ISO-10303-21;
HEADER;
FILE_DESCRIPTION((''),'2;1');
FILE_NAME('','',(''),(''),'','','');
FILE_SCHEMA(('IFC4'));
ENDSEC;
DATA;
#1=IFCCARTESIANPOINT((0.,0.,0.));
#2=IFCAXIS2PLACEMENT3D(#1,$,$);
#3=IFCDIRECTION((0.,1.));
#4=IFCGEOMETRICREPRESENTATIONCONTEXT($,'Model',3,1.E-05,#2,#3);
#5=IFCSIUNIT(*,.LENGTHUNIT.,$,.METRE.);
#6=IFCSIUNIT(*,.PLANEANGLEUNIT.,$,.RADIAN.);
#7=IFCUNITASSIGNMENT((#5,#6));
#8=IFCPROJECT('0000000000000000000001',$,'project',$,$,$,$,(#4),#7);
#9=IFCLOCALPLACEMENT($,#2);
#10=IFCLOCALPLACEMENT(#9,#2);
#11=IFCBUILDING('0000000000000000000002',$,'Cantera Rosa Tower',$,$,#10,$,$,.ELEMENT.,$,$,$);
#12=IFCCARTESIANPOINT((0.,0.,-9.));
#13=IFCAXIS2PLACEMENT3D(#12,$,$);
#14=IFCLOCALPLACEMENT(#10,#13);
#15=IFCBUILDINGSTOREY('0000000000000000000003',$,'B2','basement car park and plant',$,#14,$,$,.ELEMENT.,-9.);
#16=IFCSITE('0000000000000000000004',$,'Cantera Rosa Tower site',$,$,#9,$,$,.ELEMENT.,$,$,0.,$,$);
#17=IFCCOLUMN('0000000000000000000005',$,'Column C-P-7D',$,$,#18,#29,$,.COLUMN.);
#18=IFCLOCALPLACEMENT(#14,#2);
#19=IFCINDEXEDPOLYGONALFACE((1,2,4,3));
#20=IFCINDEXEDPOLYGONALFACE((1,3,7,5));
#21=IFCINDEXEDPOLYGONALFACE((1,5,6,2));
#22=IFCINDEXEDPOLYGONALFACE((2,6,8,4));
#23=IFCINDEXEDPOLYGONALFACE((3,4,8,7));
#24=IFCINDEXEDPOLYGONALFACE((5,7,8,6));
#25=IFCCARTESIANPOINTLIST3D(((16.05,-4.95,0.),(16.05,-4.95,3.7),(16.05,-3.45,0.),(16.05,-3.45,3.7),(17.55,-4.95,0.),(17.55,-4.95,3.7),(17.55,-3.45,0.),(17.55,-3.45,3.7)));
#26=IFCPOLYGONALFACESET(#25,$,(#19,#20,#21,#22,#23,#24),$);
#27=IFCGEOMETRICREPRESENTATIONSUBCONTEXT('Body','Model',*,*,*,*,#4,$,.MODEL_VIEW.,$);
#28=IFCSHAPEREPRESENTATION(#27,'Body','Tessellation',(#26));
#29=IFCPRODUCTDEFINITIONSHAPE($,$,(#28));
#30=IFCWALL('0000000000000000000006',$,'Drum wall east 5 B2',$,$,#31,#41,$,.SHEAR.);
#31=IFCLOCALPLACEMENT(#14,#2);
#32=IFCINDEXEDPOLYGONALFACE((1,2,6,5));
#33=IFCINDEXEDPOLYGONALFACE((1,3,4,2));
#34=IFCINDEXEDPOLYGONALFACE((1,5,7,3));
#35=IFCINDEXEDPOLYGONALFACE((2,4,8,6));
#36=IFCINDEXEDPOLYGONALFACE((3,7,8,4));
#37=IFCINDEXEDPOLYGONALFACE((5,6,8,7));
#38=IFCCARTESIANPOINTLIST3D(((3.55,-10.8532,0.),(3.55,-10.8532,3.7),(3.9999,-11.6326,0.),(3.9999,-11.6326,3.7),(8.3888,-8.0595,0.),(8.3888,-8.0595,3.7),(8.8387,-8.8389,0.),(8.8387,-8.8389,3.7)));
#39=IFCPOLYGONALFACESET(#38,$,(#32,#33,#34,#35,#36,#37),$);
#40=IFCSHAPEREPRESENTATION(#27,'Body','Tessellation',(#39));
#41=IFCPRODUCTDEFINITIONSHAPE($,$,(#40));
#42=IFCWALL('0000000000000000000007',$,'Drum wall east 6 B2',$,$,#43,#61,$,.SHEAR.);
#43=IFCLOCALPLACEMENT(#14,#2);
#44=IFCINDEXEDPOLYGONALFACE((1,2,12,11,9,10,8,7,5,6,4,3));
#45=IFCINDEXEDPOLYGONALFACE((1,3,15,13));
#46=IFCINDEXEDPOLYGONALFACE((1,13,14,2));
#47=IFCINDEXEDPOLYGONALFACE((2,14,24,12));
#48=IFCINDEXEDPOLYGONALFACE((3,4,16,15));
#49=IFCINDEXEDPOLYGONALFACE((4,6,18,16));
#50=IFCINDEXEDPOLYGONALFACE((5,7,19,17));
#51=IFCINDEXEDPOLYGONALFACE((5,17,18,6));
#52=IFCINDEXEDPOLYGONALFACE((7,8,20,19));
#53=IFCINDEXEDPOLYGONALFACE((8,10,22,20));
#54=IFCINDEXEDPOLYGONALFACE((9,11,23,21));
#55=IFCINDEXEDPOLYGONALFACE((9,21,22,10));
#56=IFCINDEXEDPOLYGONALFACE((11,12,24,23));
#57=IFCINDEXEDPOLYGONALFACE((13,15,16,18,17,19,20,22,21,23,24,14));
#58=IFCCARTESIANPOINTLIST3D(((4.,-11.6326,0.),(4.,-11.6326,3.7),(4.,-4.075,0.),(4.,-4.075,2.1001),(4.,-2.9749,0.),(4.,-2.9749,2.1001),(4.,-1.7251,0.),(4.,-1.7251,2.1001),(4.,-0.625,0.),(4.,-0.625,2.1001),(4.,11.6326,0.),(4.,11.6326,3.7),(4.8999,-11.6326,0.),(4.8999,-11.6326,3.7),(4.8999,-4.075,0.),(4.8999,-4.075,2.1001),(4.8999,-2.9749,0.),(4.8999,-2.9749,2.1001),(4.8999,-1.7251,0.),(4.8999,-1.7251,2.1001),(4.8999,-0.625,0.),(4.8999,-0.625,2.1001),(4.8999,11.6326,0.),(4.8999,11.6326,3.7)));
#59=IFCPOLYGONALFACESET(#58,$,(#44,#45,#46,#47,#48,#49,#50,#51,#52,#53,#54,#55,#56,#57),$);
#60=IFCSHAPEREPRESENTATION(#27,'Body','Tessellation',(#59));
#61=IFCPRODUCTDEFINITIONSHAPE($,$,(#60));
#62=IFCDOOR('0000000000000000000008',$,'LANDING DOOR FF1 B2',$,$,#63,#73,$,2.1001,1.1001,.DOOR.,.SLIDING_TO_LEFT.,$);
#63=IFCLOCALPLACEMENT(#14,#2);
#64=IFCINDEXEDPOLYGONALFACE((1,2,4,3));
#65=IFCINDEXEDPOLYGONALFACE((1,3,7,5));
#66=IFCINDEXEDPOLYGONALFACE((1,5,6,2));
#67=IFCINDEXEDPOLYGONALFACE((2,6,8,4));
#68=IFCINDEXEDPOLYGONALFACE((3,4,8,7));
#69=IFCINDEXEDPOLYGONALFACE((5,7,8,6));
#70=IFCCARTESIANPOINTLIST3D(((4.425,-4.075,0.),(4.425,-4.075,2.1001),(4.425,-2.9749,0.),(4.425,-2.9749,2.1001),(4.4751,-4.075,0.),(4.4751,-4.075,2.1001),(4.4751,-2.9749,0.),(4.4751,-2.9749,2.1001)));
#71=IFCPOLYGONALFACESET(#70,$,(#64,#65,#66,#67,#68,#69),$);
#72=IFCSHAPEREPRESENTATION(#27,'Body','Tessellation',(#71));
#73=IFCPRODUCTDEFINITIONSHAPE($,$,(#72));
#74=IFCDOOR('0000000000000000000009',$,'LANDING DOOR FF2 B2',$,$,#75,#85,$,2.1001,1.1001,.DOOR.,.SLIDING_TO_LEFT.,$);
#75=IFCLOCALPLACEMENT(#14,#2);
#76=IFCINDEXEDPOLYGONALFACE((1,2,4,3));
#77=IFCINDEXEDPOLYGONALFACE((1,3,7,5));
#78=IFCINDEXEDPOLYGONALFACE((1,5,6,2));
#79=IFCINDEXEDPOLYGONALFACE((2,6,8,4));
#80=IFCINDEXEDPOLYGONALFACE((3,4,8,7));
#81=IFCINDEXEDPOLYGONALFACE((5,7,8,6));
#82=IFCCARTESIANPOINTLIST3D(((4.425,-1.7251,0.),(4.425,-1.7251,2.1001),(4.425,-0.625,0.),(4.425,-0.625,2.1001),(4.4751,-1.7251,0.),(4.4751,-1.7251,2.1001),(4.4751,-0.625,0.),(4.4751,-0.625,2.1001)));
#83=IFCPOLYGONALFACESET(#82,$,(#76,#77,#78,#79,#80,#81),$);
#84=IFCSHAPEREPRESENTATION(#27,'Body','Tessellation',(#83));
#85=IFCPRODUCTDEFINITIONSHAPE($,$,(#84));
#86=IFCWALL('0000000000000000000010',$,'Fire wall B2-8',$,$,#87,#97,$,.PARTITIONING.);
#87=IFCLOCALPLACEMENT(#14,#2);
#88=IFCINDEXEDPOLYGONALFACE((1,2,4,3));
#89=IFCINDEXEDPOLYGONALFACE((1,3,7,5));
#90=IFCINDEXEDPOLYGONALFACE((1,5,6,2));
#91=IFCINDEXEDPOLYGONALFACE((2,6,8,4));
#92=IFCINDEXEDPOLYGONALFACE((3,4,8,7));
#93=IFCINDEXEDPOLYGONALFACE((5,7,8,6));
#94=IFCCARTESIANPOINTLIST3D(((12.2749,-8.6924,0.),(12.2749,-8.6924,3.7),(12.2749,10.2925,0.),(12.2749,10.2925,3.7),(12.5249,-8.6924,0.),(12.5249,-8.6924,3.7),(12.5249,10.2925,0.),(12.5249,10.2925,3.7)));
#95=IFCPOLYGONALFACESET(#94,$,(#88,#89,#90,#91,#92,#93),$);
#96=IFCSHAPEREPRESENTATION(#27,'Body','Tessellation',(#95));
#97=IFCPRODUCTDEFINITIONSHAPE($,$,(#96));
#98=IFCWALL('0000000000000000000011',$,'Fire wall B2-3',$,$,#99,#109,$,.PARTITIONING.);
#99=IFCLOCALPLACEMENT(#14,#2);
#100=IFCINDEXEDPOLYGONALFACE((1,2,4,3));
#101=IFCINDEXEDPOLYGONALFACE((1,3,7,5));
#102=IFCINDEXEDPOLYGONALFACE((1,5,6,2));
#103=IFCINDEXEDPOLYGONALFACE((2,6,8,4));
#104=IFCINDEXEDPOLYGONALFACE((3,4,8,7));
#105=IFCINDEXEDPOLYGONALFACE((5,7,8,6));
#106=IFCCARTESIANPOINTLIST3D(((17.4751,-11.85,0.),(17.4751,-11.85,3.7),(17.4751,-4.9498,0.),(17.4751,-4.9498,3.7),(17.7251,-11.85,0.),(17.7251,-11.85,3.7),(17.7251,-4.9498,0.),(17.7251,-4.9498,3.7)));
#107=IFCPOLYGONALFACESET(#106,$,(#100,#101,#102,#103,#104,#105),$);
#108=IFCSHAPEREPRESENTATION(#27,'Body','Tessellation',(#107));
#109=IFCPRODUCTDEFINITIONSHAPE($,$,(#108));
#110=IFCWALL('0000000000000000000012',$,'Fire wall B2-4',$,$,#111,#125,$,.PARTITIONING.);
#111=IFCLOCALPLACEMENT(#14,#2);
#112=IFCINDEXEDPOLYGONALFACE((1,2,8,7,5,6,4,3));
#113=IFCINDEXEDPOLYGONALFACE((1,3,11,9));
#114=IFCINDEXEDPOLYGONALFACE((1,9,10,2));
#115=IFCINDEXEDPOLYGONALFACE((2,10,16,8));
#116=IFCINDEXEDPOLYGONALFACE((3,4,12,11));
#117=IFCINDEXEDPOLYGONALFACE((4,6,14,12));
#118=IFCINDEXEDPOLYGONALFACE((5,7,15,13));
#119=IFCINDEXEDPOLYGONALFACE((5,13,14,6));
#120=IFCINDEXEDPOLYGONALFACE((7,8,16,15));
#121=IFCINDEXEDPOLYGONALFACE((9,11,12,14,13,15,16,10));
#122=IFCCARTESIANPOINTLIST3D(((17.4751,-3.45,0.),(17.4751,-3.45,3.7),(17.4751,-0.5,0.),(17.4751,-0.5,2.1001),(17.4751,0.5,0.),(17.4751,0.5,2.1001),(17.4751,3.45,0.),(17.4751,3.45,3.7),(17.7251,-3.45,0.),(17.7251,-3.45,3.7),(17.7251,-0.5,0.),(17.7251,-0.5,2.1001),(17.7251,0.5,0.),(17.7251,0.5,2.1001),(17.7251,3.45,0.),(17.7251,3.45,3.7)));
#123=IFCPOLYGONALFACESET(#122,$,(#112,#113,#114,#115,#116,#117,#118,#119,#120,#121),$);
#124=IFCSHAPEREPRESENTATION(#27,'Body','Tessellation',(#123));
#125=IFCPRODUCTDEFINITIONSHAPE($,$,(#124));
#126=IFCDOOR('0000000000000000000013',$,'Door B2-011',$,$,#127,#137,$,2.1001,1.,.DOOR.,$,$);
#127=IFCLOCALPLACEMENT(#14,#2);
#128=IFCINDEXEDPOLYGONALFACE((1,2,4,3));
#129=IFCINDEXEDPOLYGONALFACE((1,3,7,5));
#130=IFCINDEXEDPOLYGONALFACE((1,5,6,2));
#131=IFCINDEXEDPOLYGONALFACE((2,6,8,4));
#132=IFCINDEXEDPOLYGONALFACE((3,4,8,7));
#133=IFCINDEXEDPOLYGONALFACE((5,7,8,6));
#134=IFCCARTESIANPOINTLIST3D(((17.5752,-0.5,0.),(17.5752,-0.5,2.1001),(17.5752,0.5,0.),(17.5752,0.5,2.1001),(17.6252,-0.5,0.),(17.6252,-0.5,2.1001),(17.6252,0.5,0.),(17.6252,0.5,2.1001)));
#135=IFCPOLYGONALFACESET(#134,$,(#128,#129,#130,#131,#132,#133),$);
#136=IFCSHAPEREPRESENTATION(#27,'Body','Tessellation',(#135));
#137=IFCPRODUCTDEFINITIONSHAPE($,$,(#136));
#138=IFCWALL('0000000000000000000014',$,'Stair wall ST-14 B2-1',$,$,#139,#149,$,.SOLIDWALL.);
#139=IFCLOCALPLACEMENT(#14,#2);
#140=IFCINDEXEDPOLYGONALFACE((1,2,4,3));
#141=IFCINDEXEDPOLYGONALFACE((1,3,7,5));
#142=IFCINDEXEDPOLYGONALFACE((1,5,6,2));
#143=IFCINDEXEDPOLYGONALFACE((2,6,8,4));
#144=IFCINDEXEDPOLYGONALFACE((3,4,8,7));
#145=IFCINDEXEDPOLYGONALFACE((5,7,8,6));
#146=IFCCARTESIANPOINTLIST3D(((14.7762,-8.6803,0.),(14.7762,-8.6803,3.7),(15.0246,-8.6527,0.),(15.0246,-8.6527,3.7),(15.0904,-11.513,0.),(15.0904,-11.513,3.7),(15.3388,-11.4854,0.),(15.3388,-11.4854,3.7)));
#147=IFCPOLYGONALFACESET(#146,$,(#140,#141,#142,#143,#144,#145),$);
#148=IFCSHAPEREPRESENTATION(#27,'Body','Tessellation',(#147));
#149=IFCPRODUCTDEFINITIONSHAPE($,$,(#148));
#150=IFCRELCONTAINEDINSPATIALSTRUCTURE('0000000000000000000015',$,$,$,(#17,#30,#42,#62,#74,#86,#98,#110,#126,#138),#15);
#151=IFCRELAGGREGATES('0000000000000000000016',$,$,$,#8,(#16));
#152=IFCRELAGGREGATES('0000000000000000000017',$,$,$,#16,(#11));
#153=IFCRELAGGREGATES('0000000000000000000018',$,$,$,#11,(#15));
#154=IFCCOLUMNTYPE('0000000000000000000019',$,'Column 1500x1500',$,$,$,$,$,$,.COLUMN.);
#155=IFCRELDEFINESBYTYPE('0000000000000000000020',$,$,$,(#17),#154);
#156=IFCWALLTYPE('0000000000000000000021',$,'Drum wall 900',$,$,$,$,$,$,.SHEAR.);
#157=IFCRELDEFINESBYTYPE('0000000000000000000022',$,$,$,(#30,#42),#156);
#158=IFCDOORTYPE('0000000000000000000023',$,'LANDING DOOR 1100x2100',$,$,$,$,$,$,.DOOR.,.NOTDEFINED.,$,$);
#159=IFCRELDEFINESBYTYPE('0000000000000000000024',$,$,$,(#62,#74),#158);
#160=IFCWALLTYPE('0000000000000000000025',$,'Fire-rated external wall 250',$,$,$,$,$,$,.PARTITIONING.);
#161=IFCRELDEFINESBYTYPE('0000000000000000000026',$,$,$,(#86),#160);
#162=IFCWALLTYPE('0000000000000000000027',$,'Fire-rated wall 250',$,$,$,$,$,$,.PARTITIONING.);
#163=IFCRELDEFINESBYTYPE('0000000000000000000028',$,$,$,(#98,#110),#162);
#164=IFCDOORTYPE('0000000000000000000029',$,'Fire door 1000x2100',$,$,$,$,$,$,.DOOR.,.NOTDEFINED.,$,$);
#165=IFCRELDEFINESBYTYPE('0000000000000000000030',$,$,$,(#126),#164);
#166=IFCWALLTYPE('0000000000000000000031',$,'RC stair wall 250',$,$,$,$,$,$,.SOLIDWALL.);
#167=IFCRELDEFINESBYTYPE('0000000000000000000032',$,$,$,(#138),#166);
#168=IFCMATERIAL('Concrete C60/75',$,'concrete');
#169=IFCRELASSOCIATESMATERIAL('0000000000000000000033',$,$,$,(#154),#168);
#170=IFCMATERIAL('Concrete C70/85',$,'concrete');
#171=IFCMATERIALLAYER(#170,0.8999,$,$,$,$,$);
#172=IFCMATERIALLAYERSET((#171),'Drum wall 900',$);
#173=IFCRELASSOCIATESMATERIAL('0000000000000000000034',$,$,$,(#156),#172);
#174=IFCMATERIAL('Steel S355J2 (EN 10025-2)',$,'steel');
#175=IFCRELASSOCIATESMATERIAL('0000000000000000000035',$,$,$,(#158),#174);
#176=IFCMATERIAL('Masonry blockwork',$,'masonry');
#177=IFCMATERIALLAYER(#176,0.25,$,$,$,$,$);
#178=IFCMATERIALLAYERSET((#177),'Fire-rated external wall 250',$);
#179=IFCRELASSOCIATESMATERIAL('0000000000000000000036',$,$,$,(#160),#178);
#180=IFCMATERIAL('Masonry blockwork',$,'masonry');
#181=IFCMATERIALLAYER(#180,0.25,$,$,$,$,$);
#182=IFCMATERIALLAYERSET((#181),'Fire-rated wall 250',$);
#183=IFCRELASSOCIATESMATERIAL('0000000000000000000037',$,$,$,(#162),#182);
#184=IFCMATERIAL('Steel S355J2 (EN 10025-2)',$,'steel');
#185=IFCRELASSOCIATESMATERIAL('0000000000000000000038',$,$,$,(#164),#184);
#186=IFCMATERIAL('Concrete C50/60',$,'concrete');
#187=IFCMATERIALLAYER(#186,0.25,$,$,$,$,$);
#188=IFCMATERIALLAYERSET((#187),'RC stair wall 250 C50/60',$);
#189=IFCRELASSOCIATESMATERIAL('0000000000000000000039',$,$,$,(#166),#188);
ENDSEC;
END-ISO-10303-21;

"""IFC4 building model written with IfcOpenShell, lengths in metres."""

from ifc_helpers import new_model, si_unit, direction, frame, frame_2d, origin, origin_2d, place, context, subcontext, project, spatial, rectangle, extrude, material, layer, layer_set, material_profile, profile_set, type_object, element, fill, save


model = new_model("IFC4")

# Units and contexts
model_context = context("Model", 3, precision=1e-05, world=origin(), true_north=direction((0.0, 1.0)))
body_context = subcontext(model_context, "Body", "Model", "MODEL_VIEW")
ifc_project = project(units=[si_unit("LENGTHUNIT", "METRE"), si_unit("PLANEANGLEUNIT", "RADIAN")], contexts=[model_context])

# Site, building, storey
site_placement = place(None, origin())
site = spatial("IfcSite", under=ifc_project, at=site_placement, Name="Cantera Rosa Tower site", CompositionType="ELEMENT", RefElevation=0.0)
building_placement = place(site_placement, origin())
building = spatial("IfcBuilding", under=site, at=building_placement, Name="Cantera Rosa Tower", CompositionType="ELEMENT")
storey_placement = place(building_placement, frame((0.0, 0.0, -9.0)))
storey = spatial("IfcBuildingStorey", under=building, at=storey_placement, Name="B2", Description="basement car park and plant", CompositionType="ELEMENT", Elevation=-9.0)

# Column
ifc_material_1 = material(Name="Concrete C60/75", Category="concrete")
ifc_material_profile = material_profile(ifc_material_1, rectangle(XDim=1.5, YDim=1.5, at=origin_2d()), Name="Column 1500x1500")
ifc_profile_set = profile_set([ifc_material_profile], Name="Concrete C60/75")
column_type = type_object("IfcColumnType", Name="Column 1500x1500", PredefinedType="COLUMN", material=ifc_profile_set)
column_placement = place(storey_placement, frame((16.8, -4.2, 0.0), z_axis=(0.0, 0.0, 1.0), x_axis=(1.0, 0.0, 0.0)))
element("IfcColumn", 1, at=column_placement, inside=storey, type_object=column_type, Name="Column C-P-7D", PredefinedType="COLUMN", context=body_context, shape_type="SweptSolid", body=[
    extrude(rectangle(XDim=1.5, YDim=1.5, at=origin_2d()), origin(), (0.0, 0.0, 1.0), 3.7),
])

# Wall
ifc_material_2 = material(Name="Concrete C70/85", Category="concrete")
ifc_layer_1 = layer(ifc_material_2, 0.8999)
ifc_layer_set_1 = layer_set([ifc_layer_1], Name="Drum wall 900")
wall_type_1 = type_object("IfcWallType", Name="Drum wall 900", PredefinedType="SHEAR", material=ifc_layer_set_1)
wall_1_placement = place(storey_placement, frame((8.6138, -8.4492, 0.0), z_axis=(0.0, 0.0, 1.0), x_axis=(-0.866027, -0.499997, 0.0)))
element("IfcWall", 2, at=wall_1_placement, inside=storey, type_object=wall_type_1, Name="Drum wall east 5 B2", PredefinedType="SHEAR", context=body_context, shape_type="SweptSolid", body=[
    extrude(rectangle(XDim=5.5874, YDim=0.8999, at=frame_2d((2.7937, 0.0))), origin(), (0.0, 0.0, 1.0), 3.7),
])

# Wall, openings, doors
wall_2_placement = place(storey_placement, frame((4.45, -11.6326, 0.0), z_axis=(0.0, 0.0, 1.0), x_axis=(0.0, 1.0, 0.0)))
wall_2 = element("IfcWall", 3, at=wall_2_placement, inside=storey, type_object=wall_type_1, Name="Drum wall east 6 B2", PredefinedType="SHEAR", context=body_context, shape_type="SweptSolid", body=[
    extrude(rectangle(XDim=23.2651, YDim=0.8999, at=frame_2d((11.6326, 0.0))), origin(), (0.0, 0.0, 1.0), 3.7),
])
opening_1_placement = place(wall_2_placement, frame((7.5576, 0.0, 0.0)))
opening_1 = element("IfcOpeningElement", 4, at=opening_1_placement, cuts=wall_2, PredefinedType="OPENING", context=body_context, shape_type="SweptSolid", body=[
    extrude(rectangle(XDim=1.1001, YDim=2.1001, at=frame_2d((0.55, 1.05))), frame((0.0, 0.46, 0.0), z_axis=(0.0, -1.0, 0.0), x_axis=(1.0, 0.0, 0.0)), (0.0, 0.0, 1.0), 0.9199),
])
opening_2_placement = place(wall_2_placement, frame((9.9075, 0.0, 0.0)))
opening_2 = element("IfcOpeningElement", 5, at=opening_2_placement, cuts=wall_2, PredefinedType="OPENING", context=body_context, shape_type="SweptSolid", body=[
    extrude(rectangle(XDim=1.1001, YDim=2.1001, at=frame_2d((0.55, 1.05))), frame((0.0, 0.46, 0.0), z_axis=(0.0, -1.0, 0.0), x_axis=(1.0, 0.0, 0.0)), (0.0, 0.0, 1.0), 0.9199),
])
ifc_material_3 = material(Name="Steel S355J2 (EN 10025-2)", Category="steel")
door_type_1 = type_object("IfcDoorType", Name="LANDING DOOR 1100x2100", OperationType="NOTDEFINED", PredefinedType="DOOR", material=ifc_material_3)
door_1_placement = place(opening_1_placement, origin())
door_1 = element("IfcDoor", 6, at=door_1_placement, inside=storey, type_object=door_type_1, Name="LANDING DOOR FF1 B2", OperationType="SLIDING_TO_LEFT", OverallHeight=2.1001, OverallWidth=1.1001, PredefinedType="DOOR", context=body_context, shape_type="SweptSolid", body=[
    extrude(rectangle(XDim=1.1001, YDim=2.1001, at=frame_2d((0.55, 1.05))), frame((0.0, 0.0249, 0.0), z_axis=(0.0, -1.0, 0.0), x_axis=(1.0, 0.0, 0.0)), (0.0, 0.0, 1.0), 0.05),
])
fill(opening_1, door_1)
door_2_placement = place(opening_2_placement, origin())
door_2 = element("IfcDoor", 7, at=door_2_placement, inside=storey, type_object=door_type_1, Name="LANDING DOOR FF2 B2", OperationType="SLIDING_TO_LEFT", OverallHeight=2.1001, OverallWidth=1.1001, PredefinedType="DOOR", context=body_context, shape_type="SweptSolid", body=[
    extrude(rectangle(XDim=1.1001, YDim=2.1001, at=frame_2d((0.55, 1.05))), frame((0.0, 0.0249, 0.0), z_axis=(0.0, -1.0, 0.0), x_axis=(1.0, 0.0, 0.0)), (0.0, 0.0, 1.0), 0.05),
])
fill(opening_2, door_2)

# Walls
ifc_material_4 = material(Name="Masonry blockwork", Category="masonry")
ifc_layer_2 = layer(ifc_material_4, 0.25)
ifc_layer_set_2 = layer_set([ifc_layer_2], Name="Fire-rated external wall 250")
wall_type_2 = type_object("IfcWallType", Name="Fire-rated external wall 250", PredefinedType="PARTITIONING", material=ifc_layer_set_2)
wall_3_placement = place(storey_placement, frame((12.3999, -8.6924, 0.0), z_axis=(0.0, 0.0, 1.0), x_axis=(0.0, 1.0, 0.0)))
element("IfcWall", 8, at=wall_3_placement, inside=storey, type_object=wall_type_2, Name="Fire wall B2-8", PredefinedType="PARTITIONING", context=body_context, shape_type="SweptSolid", body=[
    extrude(rectangle(XDim=18.9849, YDim=0.25, at=frame_2d((9.4924, 0.0))), origin(), (0.0, 0.0, 1.0), 3.7),
])
ifc_material_5 = material(Name="Masonry blockwork", Category="masonry")
ifc_layer_3 = layer(ifc_material_5, 0.25)
ifc_layer_set_3 = layer_set([ifc_layer_3], Name="Fire-rated wall 250")
wall_type_3 = type_object("IfcWallType", Name="Fire-rated wall 250", PredefinedType="PARTITIONING", material=ifc_layer_set_3)
wall_4_placement = place(storey_placement, frame((17.6001, -11.8501, 0.0), z_axis=(0.0, 0.0, 1.0), x_axis=(0.0, 1.0, 0.0)))
element("IfcWall", 9, at=wall_4_placement, inside=storey, type_object=wall_type_3, Name="Fire wall B2-3", PredefinedType="PARTITIONING", context=body_context, shape_type="SweptSolid", body=[
    extrude(rectangle(XDim=6.9001, YDim=0.25, at=frame_2d((3.4502, 0.0))), origin(), (0.0, 0.0, 1.0), 3.7),
])

# Wall, opening, door
wall_5_placement = place(storey_placement, frame((17.6001, -3.45, 0.0), z_axis=(0.0, 0.0, 1.0), x_axis=(0.0, 1.0, 0.0)))
wall_5 = element("IfcWall", 10, at=wall_5_placement, inside=storey, type_object=wall_type_3, Name="Fire wall B2-4", PredefinedType="PARTITIONING", context=body_context, shape_type="SweptSolid", body=[
    extrude(rectangle(XDim=6.8999, YDim=0.25, at=frame_2d((3.45, 0.0))), origin(), (0.0, 0.0, 1.0), 3.7),
])
opening_3_placement = place(wall_5_placement, frame((2.95, 0.0, 0.0)))
opening_3 = element("IfcOpeningElement", 11, at=opening_3_placement, cuts=wall_5, PredefinedType="OPENING", context=body_context, shape_type="SweptSolid", body=[
    extrude(rectangle(XDim=1.0, YDim=2.1001, at=frame_2d((0.5, 1.05))), frame((0.0, 0.135, 0.0), z_axis=(0.0, -1.0, 0.0), x_axis=(1.0, 0.0, 0.0)), (0.0, 0.0, 1.0), 0.27),
])
ifc_material_6 = material(Name="Steel S355J2 (EN 10025-2)", Category="steel")
door_type_2 = type_object("IfcDoorType", Name="Fire door 1000x2100", OperationType="NOTDEFINED", PredefinedType="DOOR", material=ifc_material_6)
door_3_placement = place(opening_3_placement, origin())
door_3 = element("IfcDoor", 12, at=door_3_placement, inside=storey, type_object=door_type_2, Name="Door B2-011", OverallHeight=2.1001, OverallWidth=1.0, PredefinedType="DOOR", context=body_context, shape_type="SweptSolid", body=[
    extrude(rectangle(XDim=1.0, YDim=2.1001, at=frame_2d((0.5, 1.05))), frame((0.0, 0.0249, 0.0), z_axis=(0.0, -1.0, 0.0), x_axis=(1.0, 0.0, 0.0)), (0.0, 0.0, 1.0), 0.05),
])
fill(opening_3, door_3)

# Wall
ifc_material_7 = material(Name="Concrete C50/60", Category="concrete")
ifc_layer_4 = layer(ifc_material_7, 0.25)
ifc_layer_set_4 = layer_set([ifc_layer_4], Name="RC stair wall 250 C50/60")
wall_type_4 = type_object("IfcWallType", Name="RC stair wall 250", PredefinedType="SOLIDWALL", material=ifc_layer_set_4)
wall_6_placement = place(storey_placement, frame((14.9004, -8.6665, 0.0), z_axis=(0.0, 0.0, 1.0), x_axis=(0.110243, -0.993905, 0.0)))
element("IfcWall", 13, at=wall_6_placement, inside=storey, type_object=wall_type_4, Name="Stair wall ST-14 B2-1", PredefinedType="SOLIDWALL", context=body_context, shape_type="SweptSolid", body=[
    extrude(rectangle(XDim=2.8501, YDim=0.25, at=frame_2d((1.425, 0.0))), origin(), (0.0, 0.0, 1.0), 3.7),
])

save(model, "model.ifc")
